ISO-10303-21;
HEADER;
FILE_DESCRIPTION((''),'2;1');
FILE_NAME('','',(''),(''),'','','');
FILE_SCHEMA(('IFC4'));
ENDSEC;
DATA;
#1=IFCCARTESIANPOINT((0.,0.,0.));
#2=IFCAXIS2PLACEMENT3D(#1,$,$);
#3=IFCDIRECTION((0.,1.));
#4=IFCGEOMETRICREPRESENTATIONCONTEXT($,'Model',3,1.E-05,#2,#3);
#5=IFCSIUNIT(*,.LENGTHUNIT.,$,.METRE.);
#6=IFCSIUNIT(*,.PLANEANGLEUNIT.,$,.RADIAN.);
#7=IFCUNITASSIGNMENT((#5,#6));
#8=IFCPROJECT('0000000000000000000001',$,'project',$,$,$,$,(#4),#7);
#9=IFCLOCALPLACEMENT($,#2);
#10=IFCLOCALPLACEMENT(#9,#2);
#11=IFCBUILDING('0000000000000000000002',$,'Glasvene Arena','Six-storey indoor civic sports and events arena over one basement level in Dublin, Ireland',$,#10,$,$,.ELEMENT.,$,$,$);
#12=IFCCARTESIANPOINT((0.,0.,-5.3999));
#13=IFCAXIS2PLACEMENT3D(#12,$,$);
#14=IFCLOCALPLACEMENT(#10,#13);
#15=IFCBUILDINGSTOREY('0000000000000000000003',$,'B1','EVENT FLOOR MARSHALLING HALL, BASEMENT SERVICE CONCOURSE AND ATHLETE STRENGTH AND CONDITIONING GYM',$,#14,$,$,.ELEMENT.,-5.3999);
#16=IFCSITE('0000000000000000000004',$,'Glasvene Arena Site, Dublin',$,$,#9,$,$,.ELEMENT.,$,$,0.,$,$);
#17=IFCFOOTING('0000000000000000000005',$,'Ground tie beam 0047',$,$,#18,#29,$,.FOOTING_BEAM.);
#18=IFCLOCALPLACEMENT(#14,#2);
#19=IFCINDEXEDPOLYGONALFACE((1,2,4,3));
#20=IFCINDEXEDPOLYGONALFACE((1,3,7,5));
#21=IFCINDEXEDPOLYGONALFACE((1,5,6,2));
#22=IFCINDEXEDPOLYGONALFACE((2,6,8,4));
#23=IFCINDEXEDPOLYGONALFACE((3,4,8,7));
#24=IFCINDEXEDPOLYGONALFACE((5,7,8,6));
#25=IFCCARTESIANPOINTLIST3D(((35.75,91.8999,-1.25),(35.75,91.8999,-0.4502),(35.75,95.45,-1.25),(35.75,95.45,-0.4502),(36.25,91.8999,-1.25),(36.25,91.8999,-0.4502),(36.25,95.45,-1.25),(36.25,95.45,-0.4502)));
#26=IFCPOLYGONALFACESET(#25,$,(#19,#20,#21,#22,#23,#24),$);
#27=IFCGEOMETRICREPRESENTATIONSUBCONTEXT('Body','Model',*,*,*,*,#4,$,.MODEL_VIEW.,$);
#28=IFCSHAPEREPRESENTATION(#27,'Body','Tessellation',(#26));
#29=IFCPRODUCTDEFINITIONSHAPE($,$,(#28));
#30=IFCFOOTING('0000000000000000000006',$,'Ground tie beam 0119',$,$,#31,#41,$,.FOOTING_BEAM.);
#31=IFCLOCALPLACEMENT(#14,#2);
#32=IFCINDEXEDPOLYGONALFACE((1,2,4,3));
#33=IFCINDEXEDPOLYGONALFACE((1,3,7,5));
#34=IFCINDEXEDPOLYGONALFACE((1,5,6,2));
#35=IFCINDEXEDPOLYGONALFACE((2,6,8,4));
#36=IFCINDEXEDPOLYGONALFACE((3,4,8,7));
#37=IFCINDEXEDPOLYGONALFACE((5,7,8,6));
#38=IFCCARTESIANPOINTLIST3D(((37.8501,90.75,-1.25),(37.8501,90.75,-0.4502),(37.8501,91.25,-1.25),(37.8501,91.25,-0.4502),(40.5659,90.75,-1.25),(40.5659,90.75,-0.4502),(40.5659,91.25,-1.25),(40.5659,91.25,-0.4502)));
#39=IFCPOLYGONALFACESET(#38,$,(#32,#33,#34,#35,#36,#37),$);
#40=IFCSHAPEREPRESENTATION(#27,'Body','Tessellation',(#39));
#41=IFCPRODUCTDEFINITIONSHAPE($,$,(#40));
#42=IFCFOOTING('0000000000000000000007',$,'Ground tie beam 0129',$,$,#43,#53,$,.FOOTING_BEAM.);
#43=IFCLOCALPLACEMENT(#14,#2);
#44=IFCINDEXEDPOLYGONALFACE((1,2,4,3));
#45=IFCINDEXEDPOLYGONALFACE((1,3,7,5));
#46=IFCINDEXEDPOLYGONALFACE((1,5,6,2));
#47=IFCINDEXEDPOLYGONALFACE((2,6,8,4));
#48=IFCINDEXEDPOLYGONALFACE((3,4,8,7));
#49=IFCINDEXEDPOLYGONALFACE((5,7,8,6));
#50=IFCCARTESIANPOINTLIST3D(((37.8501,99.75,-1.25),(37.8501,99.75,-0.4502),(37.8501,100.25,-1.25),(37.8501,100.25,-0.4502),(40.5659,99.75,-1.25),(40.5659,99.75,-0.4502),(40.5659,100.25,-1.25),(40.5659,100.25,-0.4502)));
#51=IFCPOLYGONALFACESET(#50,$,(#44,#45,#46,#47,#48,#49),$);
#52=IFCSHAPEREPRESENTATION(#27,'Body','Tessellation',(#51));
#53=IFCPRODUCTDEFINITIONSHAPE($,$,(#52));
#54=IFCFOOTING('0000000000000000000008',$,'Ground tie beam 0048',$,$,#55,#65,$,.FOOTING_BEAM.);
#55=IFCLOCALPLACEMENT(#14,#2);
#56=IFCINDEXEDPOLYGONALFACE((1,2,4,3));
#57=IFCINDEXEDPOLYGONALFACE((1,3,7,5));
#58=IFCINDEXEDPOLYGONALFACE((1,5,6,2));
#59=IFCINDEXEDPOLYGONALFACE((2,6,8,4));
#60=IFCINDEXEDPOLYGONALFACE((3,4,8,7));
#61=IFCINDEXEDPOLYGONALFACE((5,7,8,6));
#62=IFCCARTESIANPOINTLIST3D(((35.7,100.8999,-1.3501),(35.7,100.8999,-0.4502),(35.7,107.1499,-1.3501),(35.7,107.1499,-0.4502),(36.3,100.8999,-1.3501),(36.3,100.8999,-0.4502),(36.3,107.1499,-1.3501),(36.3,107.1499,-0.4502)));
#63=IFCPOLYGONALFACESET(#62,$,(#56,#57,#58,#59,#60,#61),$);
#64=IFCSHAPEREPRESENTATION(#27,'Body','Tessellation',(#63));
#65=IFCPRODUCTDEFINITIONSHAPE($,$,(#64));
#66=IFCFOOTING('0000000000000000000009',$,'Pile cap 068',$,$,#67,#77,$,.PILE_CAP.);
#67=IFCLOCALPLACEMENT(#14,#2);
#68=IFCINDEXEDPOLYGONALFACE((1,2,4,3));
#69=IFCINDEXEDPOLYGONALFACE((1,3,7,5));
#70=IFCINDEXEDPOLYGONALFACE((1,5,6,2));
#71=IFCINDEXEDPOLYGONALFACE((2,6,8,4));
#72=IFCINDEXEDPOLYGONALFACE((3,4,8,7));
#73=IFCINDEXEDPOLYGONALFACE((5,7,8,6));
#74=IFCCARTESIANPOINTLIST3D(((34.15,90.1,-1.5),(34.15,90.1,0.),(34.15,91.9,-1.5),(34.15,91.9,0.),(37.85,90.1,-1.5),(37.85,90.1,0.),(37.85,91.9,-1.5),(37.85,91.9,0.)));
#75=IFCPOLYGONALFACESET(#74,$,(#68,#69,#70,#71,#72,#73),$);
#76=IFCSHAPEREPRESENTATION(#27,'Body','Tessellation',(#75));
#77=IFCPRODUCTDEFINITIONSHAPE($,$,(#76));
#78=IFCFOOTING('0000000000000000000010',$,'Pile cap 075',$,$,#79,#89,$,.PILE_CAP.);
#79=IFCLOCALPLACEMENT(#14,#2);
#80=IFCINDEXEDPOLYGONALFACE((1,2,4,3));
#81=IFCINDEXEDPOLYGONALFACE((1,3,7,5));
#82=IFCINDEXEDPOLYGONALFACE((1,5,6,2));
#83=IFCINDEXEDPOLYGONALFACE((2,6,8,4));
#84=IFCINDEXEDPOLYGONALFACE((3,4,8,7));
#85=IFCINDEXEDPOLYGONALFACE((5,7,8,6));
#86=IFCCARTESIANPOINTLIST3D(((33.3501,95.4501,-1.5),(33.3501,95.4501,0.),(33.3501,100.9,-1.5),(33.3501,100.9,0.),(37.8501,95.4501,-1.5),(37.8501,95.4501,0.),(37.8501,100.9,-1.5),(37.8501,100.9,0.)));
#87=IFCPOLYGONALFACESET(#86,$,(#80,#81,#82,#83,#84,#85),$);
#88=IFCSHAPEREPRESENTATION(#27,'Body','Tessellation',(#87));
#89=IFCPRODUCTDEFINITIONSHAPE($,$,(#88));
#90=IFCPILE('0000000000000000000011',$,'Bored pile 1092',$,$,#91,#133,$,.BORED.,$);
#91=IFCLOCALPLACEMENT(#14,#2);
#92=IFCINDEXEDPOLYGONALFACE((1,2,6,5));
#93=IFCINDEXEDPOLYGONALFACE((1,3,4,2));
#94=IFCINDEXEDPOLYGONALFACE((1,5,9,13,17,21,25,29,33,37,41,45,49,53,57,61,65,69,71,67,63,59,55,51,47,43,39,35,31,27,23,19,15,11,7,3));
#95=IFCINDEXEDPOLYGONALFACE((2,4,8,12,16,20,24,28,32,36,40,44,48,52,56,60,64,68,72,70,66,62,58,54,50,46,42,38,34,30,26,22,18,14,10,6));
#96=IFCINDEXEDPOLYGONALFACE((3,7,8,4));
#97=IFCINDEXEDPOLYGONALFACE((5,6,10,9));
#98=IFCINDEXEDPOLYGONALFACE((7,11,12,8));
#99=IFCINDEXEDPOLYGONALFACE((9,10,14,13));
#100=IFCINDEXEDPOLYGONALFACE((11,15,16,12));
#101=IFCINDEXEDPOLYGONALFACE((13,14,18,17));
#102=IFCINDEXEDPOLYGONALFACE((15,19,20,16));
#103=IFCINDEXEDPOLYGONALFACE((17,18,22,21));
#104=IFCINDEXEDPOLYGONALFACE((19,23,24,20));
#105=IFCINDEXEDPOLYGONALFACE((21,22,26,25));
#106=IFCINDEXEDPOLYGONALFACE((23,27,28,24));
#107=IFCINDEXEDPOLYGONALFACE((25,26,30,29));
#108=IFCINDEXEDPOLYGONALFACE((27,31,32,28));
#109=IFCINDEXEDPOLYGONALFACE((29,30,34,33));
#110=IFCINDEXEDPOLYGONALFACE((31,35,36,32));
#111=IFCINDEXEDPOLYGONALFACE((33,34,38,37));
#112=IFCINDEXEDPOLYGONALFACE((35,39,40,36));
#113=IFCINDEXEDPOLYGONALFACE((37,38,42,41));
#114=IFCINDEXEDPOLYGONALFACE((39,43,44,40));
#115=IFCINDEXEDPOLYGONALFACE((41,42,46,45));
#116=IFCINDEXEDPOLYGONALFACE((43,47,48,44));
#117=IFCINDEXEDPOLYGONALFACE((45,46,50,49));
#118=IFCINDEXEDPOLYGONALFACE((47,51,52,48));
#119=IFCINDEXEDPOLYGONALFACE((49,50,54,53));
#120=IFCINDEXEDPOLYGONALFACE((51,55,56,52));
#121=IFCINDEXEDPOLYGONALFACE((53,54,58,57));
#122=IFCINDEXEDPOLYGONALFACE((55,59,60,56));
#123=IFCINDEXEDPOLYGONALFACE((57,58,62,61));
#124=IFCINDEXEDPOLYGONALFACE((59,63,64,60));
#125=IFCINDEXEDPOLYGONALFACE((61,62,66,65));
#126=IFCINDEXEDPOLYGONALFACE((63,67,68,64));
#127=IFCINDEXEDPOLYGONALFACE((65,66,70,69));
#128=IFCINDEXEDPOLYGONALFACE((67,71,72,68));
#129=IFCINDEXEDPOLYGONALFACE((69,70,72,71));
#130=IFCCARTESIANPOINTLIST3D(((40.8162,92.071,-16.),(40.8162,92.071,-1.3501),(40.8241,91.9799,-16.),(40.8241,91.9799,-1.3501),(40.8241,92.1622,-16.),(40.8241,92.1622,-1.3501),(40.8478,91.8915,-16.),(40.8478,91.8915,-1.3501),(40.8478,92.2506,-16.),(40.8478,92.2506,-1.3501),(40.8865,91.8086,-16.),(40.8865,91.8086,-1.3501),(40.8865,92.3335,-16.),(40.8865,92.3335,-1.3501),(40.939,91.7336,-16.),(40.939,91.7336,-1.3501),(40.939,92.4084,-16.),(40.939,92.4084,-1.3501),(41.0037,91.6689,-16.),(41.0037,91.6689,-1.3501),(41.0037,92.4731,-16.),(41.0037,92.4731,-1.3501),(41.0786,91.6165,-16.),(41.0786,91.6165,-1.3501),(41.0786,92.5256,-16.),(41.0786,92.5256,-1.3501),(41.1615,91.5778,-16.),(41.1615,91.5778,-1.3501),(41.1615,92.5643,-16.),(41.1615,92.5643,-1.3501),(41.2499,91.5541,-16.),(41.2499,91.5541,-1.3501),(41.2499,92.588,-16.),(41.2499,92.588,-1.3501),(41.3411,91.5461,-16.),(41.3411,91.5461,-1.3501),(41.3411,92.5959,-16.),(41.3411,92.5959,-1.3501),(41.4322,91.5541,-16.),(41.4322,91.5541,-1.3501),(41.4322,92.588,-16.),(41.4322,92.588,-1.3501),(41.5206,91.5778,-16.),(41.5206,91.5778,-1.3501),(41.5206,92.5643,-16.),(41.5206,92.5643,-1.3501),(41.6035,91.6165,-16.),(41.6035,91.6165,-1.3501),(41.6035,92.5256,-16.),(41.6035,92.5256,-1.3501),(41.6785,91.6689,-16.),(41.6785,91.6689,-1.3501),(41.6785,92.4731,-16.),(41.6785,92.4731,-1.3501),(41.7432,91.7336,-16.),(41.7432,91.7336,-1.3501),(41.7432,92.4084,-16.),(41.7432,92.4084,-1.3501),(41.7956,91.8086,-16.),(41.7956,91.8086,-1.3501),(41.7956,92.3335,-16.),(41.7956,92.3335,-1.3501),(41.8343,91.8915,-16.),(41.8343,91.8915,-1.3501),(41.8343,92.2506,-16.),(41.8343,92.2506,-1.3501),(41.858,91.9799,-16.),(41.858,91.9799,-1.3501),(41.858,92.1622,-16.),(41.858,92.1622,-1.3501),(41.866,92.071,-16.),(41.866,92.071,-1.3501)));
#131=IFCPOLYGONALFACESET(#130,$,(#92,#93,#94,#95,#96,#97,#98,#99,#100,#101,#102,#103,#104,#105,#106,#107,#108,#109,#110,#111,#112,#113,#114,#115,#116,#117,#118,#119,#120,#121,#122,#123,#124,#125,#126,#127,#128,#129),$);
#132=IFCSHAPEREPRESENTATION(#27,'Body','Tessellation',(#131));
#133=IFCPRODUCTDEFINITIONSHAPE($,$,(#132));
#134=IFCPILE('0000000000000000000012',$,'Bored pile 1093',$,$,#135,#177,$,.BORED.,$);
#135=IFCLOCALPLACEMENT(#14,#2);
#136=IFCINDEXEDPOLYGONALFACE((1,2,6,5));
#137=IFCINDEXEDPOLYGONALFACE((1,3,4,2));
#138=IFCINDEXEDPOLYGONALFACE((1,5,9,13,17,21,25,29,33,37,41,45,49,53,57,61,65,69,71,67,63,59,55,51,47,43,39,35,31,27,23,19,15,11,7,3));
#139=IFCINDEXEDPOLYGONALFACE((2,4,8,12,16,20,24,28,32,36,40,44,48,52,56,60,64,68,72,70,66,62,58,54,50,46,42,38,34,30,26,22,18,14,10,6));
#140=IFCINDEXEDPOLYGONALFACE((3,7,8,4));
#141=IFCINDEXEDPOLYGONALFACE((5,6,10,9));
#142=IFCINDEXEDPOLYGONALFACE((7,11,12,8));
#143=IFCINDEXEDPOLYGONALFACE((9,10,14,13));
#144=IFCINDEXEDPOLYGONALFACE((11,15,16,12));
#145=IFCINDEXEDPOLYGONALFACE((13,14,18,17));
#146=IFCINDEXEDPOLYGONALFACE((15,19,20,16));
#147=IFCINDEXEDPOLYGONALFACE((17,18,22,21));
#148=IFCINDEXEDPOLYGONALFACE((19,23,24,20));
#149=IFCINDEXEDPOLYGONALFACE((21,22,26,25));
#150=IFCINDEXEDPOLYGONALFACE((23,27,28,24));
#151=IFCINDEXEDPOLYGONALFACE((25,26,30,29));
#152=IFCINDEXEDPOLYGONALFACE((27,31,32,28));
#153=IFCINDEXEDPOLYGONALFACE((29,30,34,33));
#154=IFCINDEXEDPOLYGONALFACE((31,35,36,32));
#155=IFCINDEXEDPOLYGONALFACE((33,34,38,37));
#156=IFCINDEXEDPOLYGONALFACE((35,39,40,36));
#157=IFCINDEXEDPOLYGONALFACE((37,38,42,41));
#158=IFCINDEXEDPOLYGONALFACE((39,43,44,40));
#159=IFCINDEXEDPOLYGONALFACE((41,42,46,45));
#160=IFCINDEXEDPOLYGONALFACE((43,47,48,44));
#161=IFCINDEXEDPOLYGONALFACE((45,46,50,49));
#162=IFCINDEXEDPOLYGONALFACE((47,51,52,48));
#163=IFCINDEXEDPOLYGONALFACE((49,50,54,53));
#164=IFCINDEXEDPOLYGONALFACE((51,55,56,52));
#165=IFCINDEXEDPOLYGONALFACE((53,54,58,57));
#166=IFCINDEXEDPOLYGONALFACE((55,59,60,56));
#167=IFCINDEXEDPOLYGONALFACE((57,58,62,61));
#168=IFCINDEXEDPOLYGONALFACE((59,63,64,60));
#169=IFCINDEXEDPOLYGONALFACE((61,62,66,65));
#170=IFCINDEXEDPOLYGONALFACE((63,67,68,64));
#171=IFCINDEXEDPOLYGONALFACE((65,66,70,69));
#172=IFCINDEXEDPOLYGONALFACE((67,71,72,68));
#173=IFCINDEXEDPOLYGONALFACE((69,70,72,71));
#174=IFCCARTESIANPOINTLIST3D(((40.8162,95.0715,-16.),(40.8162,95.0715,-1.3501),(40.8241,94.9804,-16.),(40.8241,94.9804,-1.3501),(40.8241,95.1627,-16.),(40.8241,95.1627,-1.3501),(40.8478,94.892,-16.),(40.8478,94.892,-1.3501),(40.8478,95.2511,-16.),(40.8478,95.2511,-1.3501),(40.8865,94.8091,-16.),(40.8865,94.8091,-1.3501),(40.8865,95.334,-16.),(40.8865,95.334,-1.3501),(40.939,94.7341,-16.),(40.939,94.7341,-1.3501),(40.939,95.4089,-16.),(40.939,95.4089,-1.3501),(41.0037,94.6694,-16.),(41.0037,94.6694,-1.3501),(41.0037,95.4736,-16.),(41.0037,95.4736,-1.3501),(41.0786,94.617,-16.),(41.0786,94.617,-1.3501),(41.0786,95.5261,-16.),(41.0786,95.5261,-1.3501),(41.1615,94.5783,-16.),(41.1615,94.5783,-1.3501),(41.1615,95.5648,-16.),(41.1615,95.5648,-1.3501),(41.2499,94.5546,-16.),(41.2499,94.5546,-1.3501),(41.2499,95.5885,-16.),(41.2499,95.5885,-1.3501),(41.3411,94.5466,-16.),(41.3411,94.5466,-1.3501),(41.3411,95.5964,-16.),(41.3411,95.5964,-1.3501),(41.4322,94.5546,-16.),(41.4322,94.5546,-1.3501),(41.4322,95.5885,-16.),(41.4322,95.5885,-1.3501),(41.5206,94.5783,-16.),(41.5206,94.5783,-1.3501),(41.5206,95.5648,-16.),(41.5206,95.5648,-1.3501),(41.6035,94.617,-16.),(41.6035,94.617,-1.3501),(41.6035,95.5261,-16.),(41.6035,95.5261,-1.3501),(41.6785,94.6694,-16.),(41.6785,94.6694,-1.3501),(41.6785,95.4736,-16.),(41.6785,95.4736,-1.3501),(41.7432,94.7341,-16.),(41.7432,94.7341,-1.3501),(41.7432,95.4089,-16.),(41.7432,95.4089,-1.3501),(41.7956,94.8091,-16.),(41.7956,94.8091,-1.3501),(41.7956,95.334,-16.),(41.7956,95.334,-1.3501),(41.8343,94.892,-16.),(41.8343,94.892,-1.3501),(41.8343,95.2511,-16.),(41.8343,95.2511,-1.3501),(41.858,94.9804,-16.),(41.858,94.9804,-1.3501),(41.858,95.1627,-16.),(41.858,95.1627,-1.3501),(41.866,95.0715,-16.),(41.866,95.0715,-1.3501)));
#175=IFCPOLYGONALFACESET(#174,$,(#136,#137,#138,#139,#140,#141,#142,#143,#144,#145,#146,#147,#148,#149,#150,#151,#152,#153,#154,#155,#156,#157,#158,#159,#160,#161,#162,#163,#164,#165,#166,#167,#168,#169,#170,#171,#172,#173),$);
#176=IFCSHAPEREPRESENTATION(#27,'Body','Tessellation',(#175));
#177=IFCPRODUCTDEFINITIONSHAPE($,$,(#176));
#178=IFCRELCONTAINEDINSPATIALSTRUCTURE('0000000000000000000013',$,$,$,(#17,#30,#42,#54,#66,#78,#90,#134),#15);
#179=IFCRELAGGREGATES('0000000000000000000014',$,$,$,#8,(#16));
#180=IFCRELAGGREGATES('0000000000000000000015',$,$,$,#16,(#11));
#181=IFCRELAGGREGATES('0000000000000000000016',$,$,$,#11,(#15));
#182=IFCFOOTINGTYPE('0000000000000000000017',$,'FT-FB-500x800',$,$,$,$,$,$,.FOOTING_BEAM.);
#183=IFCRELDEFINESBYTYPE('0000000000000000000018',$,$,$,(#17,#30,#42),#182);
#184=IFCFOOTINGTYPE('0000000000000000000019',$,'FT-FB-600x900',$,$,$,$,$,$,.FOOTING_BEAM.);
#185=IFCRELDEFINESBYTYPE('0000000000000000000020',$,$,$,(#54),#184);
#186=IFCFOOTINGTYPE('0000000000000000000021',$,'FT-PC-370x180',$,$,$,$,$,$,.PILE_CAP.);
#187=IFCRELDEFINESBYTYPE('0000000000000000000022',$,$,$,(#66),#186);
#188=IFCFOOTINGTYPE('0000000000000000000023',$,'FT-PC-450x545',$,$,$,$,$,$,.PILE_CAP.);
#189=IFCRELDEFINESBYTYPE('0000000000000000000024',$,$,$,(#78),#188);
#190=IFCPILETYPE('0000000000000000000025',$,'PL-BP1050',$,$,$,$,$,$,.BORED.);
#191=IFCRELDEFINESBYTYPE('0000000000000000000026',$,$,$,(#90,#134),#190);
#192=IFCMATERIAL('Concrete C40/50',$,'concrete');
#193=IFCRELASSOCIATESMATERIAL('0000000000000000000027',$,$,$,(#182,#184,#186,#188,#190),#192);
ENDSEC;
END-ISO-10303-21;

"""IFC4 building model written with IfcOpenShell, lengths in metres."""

from ifc_helpers import new_model, si_unit, direction, frame, origin, origin_2d, place, context, subcontext, project, spatial, polyline, rectangle, circle, outline, extrude, material, material_profile, profile_set, type_object, element, save


model = new_model("IFC4")

# Units and contexts
model_context = context("Model", 3, precision=1e-05, world=origin(), true_north=direction((0.0, 1.0)))
body_context = subcontext(model_context, "Body", "Model", "MODEL_VIEW")
ifc_project = project(units=[si_unit("LENGTHUNIT", "METRE"), si_unit("PLANEANGLEUNIT", "RADIAN")], contexts=[model_context])

# Site, building, storey
site_placement = place(None, origin())
site = spatial("IfcSite", under=ifc_project, at=site_placement, Name="Glasvene Arena Site, Dublin", CompositionType="ELEMENT", RefElevation=0.0)
building_placement = place(site_placement, origin())
building = spatial("IfcBuilding", under=site, at=building_placement, Name="Glasvene Arena", Description="Six-storey indoor civic sports and events arena over one basement level in Dublin, Ireland", CompositionType="ELEMENT")
storey_placement = place(building_placement, frame((0.0, 0.0, -5.3999)))
storey = spatial("IfcBuildingStorey", under=building, at=storey_placement, Name="B1", Description="EVENT FLOOR MARSHALLING HALL, BASEMENT SERVICE CONCOURSE AND ATHLETE STRENGTH AND CONDITIONING GYM", CompositionType="ELEMENT", Elevation=-5.3999)

# Footings
ifc_material_1 = material(Name="Concrete C40/50", Category="concrete")
footing_type_1 = type_object("IfcFootingType", Name="FT-FB-500x800", PredefinedType="FOOTING_BEAM", material=ifc_material_1)
footing_1_placement = place(storey_placement, frame((36.0, 93.675, -1.25)))
element("IfcFooting", 1, at=footing_1_placement, inside=storey, type_object=footing_type_1, Name="Ground tie beam 0047", PredefinedType="FOOTING_BEAM", context=body_context, shape_type="SweptSolid", body=[
    extrude(outline(polyline([(-0.25, -1.7751), (0.25, -1.7751), (0.25, 1.7749), (-0.25, 1.7749), (-0.25, -1.7751)])), origin(), (0.0, 0.0, 1.0), 0.7998),
])
for number, where, name in (
    (2, (39.208, 91.0, -1.25), "Ground tie beam 0119"),
    (3, (39.208, 100.0, -1.25), "Ground tie beam 0129"),
):
    element("IfcFooting", number, at=place(storey_placement, frame(where)), inside=storey, type_object=footing_type_1, Name=name, PredefinedType="FOOTING_BEAM", context=body_context, shape_type="SweptSolid", body=[
        extrude(outline(polyline([(-1.3579, -0.25), (1.3579, -0.25), (1.3579, 0.25), (-1.3579, 0.25), (-1.3579, -0.25)])), origin(), (0.0, 0.0, 1.0), 0.7998),
    ])
footing_type_2 = type_object("IfcFootingType", Name="FT-FB-600x900", PredefinedType="FOOTING_BEAM", material=ifc_material_1)
footing_2_placement = place(storey_placement, frame((36.0, 104.0249, -1.3501)))
element("IfcFooting", 4, at=footing_2_placement, inside=storey, type_object=footing_type_2, Name="Ground tie beam 0048", PredefinedType="FOOTING_BEAM", context=body_context, shape_type="SweptSolid", body=[
    extrude(outline(polyline([(-0.3, -3.125), (0.3, -3.125), (0.3, 3.125), (-0.3, 3.125), (-0.3, -3.125)])), origin(), (0.0, 0.0, 1.0), 0.8999),
])
footing_type_3 = type_object("IfcFootingType", Name="FT-PC-370x180", PredefinedType="PILE_CAP", material=ifc_material_1)
footing_3_placement = place(storey_placement, frame((36.0, 91.0, -1.5), z_axis=(0.0, 0.0, 1.0), x_axis=(1.0, 0.0, 0.0)))
element("IfcFooting", 5, at=footing_3_placement, inside=storey, type_object=footing_type_3, Name="Pile cap 068", PredefinedType="PILE_CAP", context=body_context, shape_type="SweptSolid", body=[
    extrude(rectangle(XDim=3.7, YDim=1.8, at=origin_2d()), origin(), (0.0, 0.0, 1.0), 1.5),
])
footing_type_4 = type_object("IfcFootingType", Name="FT-PC-450x545", PredefinedType="PILE_CAP", material=ifc_material_1)
footing_4_placement = place(storey_placement, frame((35.6001, 98.175, -1.5), z_axis=(0.0, 0.0, 1.0), x_axis=(1.0, 0.0, 0.0)))
element("IfcFooting", 6, at=footing_4_placement, inside=storey, type_object=footing_type_4, Name="Pile cap 075", PredefinedType="PILE_CAP", context=body_context, shape_type="SweptSolid", body=[
    extrude(rectangle(XDim=4.5, YDim=5.45, at=origin_2d()), origin(), (0.0, 0.0, 1.0), 1.5),
])

# Piles
ifc_material_profile_1 = material_profile(ifc_material_1, circle(Radius=0.5249, at=origin_2d()), Name="BORED PILE 1050")
ifc_profile_set_1 = profile_set([ifc_material_profile_1], Name="Concrete C40/50")
pile_type_1 = type_object("IfcPileType", Name="PL-BP1050", PredefinedType="BORED", material=ifc_profile_set_1)
for number, where, z_axis, x_axis, name in (
    (7, (41.3411, 92.071, -1.3501), (0.0, 0.0, -1.0), (1.0, 0.0, 0.0), "Bored pile 1092"),
    (8, (41.3411, 95.0715, -1.3501), (0.0, 0.0, -1.0), (1.0, 0.0, 0.0), "Bored pile 1093"),
):
    element("IfcPile", number, at=place(storey_placement, frame(where, z_axis=z_axis, x_axis=x_axis)), inside=storey, type_object=pile_type_1, Name=name, PredefinedType="BORED", context=body_context, shape_type="SweptSolid", body=[
        extrude(circle(Radius=0.5249, at=origin_2d()), origin(), (0.0, 0.0, 1.0), 14.6499),
    ])

save(model, "model.ifc")
